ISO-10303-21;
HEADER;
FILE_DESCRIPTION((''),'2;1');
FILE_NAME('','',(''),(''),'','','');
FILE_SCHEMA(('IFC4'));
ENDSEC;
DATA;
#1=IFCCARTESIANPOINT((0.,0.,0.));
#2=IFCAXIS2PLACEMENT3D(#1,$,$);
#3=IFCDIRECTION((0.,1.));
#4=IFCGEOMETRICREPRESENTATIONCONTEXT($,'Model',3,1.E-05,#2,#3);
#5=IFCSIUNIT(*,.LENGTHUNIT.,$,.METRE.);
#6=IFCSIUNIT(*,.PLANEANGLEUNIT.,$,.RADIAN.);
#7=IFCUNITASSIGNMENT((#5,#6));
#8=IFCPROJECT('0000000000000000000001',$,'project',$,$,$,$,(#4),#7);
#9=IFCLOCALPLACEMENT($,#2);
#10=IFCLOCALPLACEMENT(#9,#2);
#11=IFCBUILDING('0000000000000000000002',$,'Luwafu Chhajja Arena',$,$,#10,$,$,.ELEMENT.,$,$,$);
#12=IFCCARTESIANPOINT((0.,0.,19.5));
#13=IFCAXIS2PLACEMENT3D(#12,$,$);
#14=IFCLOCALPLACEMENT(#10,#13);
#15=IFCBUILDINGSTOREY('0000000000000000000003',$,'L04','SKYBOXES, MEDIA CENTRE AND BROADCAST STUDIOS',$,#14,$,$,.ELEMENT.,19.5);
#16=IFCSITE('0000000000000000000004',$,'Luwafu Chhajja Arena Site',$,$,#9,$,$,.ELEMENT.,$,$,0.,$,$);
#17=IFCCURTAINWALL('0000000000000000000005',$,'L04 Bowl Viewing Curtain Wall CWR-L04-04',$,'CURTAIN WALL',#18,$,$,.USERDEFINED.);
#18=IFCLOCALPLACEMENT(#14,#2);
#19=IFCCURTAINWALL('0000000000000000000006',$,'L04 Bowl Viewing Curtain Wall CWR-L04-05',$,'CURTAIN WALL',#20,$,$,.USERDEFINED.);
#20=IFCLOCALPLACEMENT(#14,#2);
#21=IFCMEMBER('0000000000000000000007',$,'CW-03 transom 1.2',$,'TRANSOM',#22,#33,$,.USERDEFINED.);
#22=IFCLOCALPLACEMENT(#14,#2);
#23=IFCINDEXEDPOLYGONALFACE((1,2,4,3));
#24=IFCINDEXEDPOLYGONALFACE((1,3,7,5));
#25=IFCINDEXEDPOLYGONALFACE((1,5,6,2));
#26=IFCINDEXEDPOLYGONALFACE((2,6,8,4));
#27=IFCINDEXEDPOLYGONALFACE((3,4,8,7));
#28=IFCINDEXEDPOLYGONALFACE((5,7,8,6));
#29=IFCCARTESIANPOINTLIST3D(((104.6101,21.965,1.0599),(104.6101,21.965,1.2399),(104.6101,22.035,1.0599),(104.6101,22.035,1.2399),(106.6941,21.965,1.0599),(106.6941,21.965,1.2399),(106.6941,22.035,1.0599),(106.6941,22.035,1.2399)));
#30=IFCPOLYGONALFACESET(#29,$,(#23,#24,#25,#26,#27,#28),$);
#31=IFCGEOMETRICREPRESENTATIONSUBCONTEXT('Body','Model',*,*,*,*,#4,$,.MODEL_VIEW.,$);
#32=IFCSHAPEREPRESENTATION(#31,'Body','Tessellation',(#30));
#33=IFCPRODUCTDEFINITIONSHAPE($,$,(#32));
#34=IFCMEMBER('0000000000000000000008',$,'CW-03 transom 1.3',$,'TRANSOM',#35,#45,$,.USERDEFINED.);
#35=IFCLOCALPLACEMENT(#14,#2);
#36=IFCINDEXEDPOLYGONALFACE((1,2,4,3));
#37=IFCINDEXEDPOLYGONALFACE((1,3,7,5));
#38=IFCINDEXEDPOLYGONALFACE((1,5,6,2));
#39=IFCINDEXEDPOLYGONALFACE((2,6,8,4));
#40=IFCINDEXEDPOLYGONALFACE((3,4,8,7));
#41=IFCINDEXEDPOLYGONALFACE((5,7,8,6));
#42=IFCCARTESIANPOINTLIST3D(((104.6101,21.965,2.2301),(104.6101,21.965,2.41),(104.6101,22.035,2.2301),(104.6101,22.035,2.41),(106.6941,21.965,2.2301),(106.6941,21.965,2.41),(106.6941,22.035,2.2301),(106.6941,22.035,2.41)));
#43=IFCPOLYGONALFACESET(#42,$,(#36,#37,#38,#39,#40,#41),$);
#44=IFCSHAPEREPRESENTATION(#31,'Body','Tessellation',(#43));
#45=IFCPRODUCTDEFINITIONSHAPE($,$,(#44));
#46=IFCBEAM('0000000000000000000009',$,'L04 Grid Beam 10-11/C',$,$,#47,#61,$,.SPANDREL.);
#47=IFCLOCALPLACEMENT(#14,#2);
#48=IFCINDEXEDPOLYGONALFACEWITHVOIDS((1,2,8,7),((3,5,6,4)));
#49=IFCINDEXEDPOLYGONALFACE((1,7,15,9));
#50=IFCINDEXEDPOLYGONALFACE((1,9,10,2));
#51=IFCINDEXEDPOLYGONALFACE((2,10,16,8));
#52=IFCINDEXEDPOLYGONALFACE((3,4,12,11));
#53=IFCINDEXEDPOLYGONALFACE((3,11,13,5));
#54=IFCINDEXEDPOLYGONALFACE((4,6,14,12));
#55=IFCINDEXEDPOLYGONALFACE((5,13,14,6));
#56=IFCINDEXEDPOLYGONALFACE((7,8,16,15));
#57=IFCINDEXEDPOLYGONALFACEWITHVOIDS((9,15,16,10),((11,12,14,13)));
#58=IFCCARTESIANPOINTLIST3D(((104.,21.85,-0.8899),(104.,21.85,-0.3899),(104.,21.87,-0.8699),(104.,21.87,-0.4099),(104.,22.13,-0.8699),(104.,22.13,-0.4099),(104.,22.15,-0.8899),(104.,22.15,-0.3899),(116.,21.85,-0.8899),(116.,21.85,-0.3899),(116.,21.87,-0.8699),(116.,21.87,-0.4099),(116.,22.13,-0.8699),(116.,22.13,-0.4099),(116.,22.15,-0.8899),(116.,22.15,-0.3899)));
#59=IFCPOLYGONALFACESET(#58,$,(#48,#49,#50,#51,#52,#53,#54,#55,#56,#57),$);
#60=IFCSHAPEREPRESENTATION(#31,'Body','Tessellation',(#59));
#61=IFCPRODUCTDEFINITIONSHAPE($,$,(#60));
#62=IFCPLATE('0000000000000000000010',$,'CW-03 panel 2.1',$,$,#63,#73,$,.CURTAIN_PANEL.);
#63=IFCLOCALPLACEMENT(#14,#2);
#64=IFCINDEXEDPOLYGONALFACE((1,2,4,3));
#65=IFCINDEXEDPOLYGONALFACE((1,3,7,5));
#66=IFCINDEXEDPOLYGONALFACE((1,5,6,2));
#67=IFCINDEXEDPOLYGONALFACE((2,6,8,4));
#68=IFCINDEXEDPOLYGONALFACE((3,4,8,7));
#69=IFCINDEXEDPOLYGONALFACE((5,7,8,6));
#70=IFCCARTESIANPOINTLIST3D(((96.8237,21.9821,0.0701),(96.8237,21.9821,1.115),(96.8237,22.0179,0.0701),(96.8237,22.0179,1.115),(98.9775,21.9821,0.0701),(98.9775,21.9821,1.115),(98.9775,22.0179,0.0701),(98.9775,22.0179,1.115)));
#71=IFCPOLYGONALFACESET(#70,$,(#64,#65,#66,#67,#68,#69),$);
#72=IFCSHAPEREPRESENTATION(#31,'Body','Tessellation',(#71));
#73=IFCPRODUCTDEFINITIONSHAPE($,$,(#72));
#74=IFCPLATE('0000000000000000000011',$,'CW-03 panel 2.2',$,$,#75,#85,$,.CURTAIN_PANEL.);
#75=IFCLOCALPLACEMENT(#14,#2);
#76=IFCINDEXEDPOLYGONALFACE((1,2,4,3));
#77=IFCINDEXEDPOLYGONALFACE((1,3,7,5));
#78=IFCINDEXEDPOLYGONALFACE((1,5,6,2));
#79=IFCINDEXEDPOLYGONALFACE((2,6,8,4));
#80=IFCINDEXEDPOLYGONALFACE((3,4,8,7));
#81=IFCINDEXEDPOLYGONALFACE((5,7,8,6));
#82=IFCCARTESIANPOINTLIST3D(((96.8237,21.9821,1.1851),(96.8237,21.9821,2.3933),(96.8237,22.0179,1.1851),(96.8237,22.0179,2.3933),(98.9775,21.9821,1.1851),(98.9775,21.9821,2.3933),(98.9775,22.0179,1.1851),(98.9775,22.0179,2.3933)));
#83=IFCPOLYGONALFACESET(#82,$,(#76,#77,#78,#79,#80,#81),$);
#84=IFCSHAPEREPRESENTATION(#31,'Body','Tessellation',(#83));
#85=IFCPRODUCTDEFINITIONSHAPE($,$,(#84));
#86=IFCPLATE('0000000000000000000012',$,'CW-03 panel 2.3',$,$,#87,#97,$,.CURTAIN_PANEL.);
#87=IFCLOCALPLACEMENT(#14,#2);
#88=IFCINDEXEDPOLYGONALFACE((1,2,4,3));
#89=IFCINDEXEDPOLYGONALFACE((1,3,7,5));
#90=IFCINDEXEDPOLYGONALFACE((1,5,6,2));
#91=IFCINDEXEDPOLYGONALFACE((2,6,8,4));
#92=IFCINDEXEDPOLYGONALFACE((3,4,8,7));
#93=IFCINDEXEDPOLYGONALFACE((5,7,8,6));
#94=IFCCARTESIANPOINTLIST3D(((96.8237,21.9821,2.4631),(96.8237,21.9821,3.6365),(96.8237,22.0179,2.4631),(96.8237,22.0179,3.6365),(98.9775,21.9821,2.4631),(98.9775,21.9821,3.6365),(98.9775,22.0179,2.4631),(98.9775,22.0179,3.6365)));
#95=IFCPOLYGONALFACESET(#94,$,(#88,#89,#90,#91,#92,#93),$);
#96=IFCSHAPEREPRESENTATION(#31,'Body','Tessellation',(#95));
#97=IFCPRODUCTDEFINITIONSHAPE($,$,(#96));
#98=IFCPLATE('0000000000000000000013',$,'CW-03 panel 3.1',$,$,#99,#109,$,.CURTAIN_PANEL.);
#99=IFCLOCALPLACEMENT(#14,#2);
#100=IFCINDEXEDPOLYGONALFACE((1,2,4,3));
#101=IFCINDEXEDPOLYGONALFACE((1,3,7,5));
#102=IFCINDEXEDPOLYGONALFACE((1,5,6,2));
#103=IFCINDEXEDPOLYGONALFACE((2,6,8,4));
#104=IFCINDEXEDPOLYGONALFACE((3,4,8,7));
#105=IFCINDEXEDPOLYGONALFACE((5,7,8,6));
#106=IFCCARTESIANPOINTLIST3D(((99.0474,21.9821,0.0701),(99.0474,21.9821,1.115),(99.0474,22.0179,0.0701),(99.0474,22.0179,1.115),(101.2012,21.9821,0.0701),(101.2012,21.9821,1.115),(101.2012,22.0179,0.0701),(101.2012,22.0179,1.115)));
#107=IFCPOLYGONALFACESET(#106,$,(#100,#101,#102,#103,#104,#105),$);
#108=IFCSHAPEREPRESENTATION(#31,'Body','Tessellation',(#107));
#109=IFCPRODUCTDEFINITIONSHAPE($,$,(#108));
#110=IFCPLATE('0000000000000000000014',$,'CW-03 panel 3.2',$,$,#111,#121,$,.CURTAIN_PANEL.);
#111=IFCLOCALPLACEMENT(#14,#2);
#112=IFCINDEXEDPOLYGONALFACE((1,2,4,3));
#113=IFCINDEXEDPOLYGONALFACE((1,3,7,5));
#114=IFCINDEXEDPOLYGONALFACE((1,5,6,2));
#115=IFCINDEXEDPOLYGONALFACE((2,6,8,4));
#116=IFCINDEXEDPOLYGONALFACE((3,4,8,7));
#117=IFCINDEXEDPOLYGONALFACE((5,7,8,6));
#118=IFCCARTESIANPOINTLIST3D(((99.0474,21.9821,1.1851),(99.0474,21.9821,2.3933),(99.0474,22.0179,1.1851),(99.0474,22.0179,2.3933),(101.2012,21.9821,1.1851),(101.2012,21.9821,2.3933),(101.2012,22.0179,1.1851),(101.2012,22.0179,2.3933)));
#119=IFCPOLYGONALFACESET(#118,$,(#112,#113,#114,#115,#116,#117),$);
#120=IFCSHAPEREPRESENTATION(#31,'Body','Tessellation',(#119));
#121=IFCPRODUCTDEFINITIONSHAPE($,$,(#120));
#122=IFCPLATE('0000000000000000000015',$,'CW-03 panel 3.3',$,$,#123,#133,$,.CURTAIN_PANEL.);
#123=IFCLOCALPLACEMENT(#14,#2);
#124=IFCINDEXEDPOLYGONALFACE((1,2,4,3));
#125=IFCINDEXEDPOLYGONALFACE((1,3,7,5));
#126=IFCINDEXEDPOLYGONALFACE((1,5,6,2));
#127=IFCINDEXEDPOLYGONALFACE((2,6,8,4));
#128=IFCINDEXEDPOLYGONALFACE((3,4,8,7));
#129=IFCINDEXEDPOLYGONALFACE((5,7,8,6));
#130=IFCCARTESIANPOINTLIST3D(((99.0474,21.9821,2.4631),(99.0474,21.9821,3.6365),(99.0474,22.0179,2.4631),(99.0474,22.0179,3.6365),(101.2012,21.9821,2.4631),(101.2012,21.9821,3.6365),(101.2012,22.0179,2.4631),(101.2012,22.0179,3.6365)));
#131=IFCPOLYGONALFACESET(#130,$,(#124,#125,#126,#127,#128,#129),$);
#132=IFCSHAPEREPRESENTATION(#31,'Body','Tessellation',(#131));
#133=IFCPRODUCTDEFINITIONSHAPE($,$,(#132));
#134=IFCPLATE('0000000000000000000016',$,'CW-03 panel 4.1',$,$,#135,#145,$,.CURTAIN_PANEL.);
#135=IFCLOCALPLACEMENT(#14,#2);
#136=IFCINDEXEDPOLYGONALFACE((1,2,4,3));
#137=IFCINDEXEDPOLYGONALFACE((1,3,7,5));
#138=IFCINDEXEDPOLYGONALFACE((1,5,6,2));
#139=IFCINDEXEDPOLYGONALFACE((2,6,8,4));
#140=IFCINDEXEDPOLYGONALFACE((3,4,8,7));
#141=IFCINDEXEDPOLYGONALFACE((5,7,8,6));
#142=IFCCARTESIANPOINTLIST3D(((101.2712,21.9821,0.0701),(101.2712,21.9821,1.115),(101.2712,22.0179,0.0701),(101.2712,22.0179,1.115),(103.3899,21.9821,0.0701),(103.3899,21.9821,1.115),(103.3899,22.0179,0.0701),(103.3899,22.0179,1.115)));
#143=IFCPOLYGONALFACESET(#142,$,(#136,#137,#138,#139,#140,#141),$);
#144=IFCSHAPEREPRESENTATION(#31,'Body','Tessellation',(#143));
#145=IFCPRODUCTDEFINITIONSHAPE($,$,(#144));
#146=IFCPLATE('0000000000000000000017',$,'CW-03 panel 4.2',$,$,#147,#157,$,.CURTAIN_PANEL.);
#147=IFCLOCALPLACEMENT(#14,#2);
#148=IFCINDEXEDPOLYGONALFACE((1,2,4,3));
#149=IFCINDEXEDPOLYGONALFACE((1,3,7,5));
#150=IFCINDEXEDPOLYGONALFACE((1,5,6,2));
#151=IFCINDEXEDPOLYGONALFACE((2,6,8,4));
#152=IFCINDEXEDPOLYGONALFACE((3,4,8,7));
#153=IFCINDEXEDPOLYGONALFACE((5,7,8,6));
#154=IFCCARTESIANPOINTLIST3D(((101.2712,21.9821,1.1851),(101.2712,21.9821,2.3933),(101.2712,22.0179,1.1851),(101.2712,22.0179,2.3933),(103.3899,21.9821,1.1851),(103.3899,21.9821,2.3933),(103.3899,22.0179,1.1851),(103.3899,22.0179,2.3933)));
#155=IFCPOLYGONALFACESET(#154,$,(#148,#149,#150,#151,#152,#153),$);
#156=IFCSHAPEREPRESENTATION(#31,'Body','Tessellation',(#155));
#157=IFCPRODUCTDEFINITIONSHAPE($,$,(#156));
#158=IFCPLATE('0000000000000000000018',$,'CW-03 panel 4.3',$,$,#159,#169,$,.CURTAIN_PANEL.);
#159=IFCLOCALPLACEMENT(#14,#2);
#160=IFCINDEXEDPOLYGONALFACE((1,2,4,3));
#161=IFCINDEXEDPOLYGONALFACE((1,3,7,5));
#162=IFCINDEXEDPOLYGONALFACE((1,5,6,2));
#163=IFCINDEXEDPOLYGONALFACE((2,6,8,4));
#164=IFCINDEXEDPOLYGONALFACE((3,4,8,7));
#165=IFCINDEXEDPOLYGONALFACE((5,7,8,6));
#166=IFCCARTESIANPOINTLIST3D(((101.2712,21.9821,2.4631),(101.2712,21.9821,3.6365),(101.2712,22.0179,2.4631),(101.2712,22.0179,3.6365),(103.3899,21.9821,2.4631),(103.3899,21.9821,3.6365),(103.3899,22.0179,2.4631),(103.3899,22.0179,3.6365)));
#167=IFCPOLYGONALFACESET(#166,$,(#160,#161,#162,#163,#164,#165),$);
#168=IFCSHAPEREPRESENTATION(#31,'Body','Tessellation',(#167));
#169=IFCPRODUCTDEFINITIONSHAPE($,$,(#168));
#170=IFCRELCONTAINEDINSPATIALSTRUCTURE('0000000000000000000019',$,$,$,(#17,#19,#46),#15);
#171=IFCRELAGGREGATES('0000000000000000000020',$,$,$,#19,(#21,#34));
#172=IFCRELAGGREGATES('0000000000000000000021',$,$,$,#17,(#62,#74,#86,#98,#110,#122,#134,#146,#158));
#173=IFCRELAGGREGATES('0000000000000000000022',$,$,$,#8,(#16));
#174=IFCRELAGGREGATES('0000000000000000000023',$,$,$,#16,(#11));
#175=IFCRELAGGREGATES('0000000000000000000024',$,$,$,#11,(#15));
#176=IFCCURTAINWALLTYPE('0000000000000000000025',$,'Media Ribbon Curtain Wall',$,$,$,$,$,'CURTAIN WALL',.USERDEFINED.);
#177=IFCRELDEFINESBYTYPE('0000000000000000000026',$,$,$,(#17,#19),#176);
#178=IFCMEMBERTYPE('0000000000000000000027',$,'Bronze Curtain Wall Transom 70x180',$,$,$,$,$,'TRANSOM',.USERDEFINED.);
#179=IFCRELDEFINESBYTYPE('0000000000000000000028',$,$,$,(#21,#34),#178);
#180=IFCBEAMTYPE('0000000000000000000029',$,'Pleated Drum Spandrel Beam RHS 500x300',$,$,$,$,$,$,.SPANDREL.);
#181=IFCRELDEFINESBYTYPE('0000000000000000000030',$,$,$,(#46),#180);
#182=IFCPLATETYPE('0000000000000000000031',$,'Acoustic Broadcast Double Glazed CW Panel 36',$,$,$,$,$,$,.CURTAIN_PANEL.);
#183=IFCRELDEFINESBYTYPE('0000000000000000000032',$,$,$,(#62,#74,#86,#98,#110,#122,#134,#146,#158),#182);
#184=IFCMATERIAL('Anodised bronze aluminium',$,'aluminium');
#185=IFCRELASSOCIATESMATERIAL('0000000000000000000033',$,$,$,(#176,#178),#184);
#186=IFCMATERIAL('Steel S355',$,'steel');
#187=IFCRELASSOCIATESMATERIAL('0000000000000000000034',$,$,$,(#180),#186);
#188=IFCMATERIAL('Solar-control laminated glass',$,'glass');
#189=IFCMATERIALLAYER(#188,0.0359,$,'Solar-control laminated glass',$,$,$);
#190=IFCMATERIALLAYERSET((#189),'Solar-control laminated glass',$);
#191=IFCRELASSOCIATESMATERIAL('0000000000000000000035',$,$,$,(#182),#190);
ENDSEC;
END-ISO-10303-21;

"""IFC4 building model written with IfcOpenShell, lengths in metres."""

from ifc_helpers import new_model, si_unit, direction, frame, origin, origin_2d, place, context, subcontext, project, spatial, rectangle, hollow_rectangle, extrude, material, layer, layer_set, material_profile, profile_set, type_object, element, aggregate, save


model = new_model("IFC4")

# Units and contexts
model_context = context("Model", 3, precision=1e-05, world=origin(), true_north=direction((0.0, 1.0)))
body_context = subcontext(model_context, "Body", "Model", "MODEL_VIEW")
ifc_project = project(units=[si_unit("LENGTHUNIT", "METRE"), si_unit("PLANEANGLEUNIT", "RADIAN")], contexts=[model_context])

# Site, building, storey
site_placement = place(None, origin())
site = spatial("IfcSite", under=ifc_project, at=site_placement, Name="Luwafu Chhajja Arena Site", CompositionType="ELEMENT", RefElevation=0.0)
building_placement = place(site_placement, origin())
building = spatial("IfcBuilding", under=site, at=building_placement, Name="Luwafu Chhajja Arena", CompositionType="ELEMENT")
storey_placement = place(building_placement, frame((0.0, 0.0, 19.5)))
storey = spatial("IfcBuildingStorey", under=building, at=storey_placement, Name="L04", Description="SKYBOXES, MEDIA CENTRE AND BROADCAST STUDIOS", CompositionType="ELEMENT", Elevation=19.5)

# Curtain wall
ifc_material_1 = material(Name="Anodised bronze aluminium", Category="aluminium")
curtain_wall_type = type_object("IfcCurtainWallType", Name="Media Ribbon Curtain Wall", ElementType="CURTAIN WALL", PredefinedType="USERDEFINED", material=ifc_material_1)
curtain_wall_1_placement = place(storey_placement, origin())
curtain_wall_1 = element("IfcCurtainWall", 1, at=curtain_wall_1_placement, inside=storey, type_object=curtain_wall_type, Name="L04 Bowl Viewing Curtain Wall CWR-L04-04", ObjectType="CURTAIN WALL", PredefinedType="USERDEFINED")

# Curtain wall
curtain_wall_2_placement = place(storey_placement, origin())
curtain_wall_2 = element("IfcCurtainWall", 2, at=curtain_wall_2_placement, inside=storey, type_object=curtain_wall_type, Name="L04 Bowl Viewing Curtain Wall CWR-L04-05", ObjectType="CURTAIN WALL", PredefinedType="USERDEFINED")

# Members
ifc_material_profile_1 = material_profile(ifc_material_1, rectangle(XDim=0.0701, YDim=0.1799, at=origin_2d()), Name="CWT 70x180")
ifc_profile_set_1 = profile_set([ifc_material_profile_1], Name="Anodised bronze aluminium")
member_type_1 = type_object("IfcMemberType", Name="Bronze Curtain Wall Transom 70x180", ElementType="TRANSOM", PredefinedType="USERDEFINED", material=ifc_profile_set_1)
member_1_placement = place(storey_placement, frame((104.6101, 22.0, 1.1499), z_axis=(1.0, 0.0, 0.0), x_axis=(0.0, 1.0, 0.0)))
member_1 = element("IfcMember", 3, at=member_1_placement, type_object=member_type_1, Name="CW-03 transom 1.2", ObjectType="TRANSOM", PredefinedType="USERDEFINED", context=body_context, shape_type="SweptSolid", body=[
    extrude(rectangle(XDim=0.0701, YDim=0.1799, at=origin_2d()), origin(), (0.0, 0.0, 1.0), 2.084),
])
member_2_placement = place(storey_placement, frame((104.6101, 22.0, 2.3201), z_axis=(1.0, 0.0, 0.0), x_axis=(0.0, 1.0, 0.0)))
member_2 = element("IfcMember", 4, at=member_2_placement, type_object=member_type_1, Name="CW-03 transom 1.3", ObjectType="TRANSOM", PredefinedType="USERDEFINED", context=body_context, shape_type="SweptSolid", body=[
    extrude(rectangle(XDim=0.0701, YDim=0.1799, at=origin_2d()), origin(), (0.0, 0.0, 1.0), 2.084),
])
aggregate(curtain_wall_2, [member_1, member_2])

# Beam
ifc_material_2 = material(Name="Steel S355", Category="steel")
ifc_material_profile_2 = material_profile(ifc_material_2, hollow_rectangle(XDim=0.3, YDim=0.5, WallThickness=0.02, at=origin_2d()), Name="RHS 500x300x20")
ifc_profile_set_2 = profile_set([ifc_material_profile_2], Name="Steel S355")
beam_type = type_object("IfcBeamType", Name="Pleated Drum Spandrel Beam RHS 500x300", PredefinedType="SPANDREL", material=ifc_profile_set_2)
beam_placement = place(storey_placement, frame((104.0, 22.0, -0.6399), z_axis=(1.0, 0.0, 0.0), x_axis=(0.0, 1.0, 0.0)))
element("IfcBeam", 5, at=beam_placement, inside=storey, type_object=beam_type, Name="L04 Grid Beam 10-11/C", PredefinedType="SPANDREL", context=body_context, shape_type="SweptSolid", body=[
    extrude(hollow_rectangle(XDim=0.3, YDim=0.5, WallThickness=0.02, at=origin_2d()), origin(), (0.0, 0.0, 1.0), 12.0),
])

# Plates
ifc_material_3 = material(Name="Solar-control laminated glass", Category="glass")
ifc_layer = layer(ifc_material_3, 0.0359, Name="Solar-control laminated glass")
ifc_layer_set = layer_set([ifc_layer], Name="Solar-control laminated glass")
plate_type = type_object("IfcPlateType", Name="Acoustic Broadcast Double Glazed CW Panel 36", PredefinedType="CURTAIN_PANEL", material=ifc_layer_set)
plate_1_placement = place(storey_placement, frame((97.9006, 22.0, 0.0701), z_axis=(0.0, 0.0, 1.0), x_axis=(1.0, 0.0, 0.0)))
plate_1 = element("IfcPlate", 6, at=plate_1_placement, type_object=plate_type, Name="CW-03 panel 2.1", PredefinedType="CURTAIN_PANEL", context=body_context, shape_type="SweptSolid", body=[
    extrude(rectangle(XDim=2.1538, YDim=0.0359, at=origin_2d()), origin(), (0.0, 0.0, 1.0), 1.0449),
])
plate_2_placement = place(storey_placement, frame((97.9006, 22.0, 1.1851), z_axis=(0.0, 0.0, 1.0), x_axis=(1.0, 0.0, 0.0)))
plate_2 = element("IfcPlate", 7, at=plate_2_placement, type_object=plate_type, Name="CW-03 panel 2.2", PredefinedType="CURTAIN_PANEL", context=body_context, shape_type="SweptSolid", body=[
    extrude(rectangle(XDim=2.1538, YDim=0.0359, at=origin_2d()), origin(), (0.0, 0.0, 1.0), 1.2083),
])
plate_3_placement = place(storey_placement, frame((97.9006, 22.0, 2.4631), z_axis=(0.0, 0.0, 1.0), x_axis=(1.0, 0.0, 0.0)))
plate_3 = element("IfcPlate", 8, at=plate_3_placement, type_object=plate_type, Name="CW-03 panel 2.3", PredefinedType="CURTAIN_PANEL", context=body_context, shape_type="SweptSolid", body=[
    extrude(rectangle(XDim=2.1538, YDim=0.0359, at=origin_2d()), origin(), (0.0, 0.0, 1.0), 1.1733),
])
plate_4_placement = place(storey_placement, frame((100.1243, 22.0, 0.0701), z_axis=(0.0, 0.0, 1.0), x_axis=(1.0, 0.0, 0.0)))
plate_4 = element("IfcPlate", 9, at=plate_4_placement, type_object=plate_type, Name="CW-03 panel 3.1", PredefinedType="CURTAIN_PANEL", context=body_context, shape_type="SweptSolid", body=[
    extrude(rectangle(XDim=2.1538, YDim=0.0359, at=origin_2d()), origin(), (0.0, 0.0, 1.0), 1.0449),
])
plate_5_placement = place(storey_placement, frame((100.1243, 22.0, 1.1851), z_axis=(0.0, 0.0, 1.0), x_axis=(1.0, 0.0, 0.0)))
plate_5 = element("IfcPlate", 10, at=plate_5_placement, type_object=plate_type, Name="CW-03 panel 3.2", PredefinedType="CURTAIN_PANEL", context=body_context, shape_type="SweptSolid", body=[
    extrude(rectangle(XDim=2.1538, YDim=0.0359, at=origin_2d()), origin(), (0.0, 0.0, 1.0), 1.2083),
])
plate_6_placement = place(storey_placement, frame((100.1243, 22.0, 2.4631), z_axis=(0.0, 0.0, 1.0), x_axis=(1.0, 0.0, 0.0)))
plate_6 = element("IfcPlate", 11, at=plate_6_placement, type_object=plate_type, Name="CW-03 panel 3.3", PredefinedType="CURTAIN_PANEL", context=body_context, shape_type="SweptSolid", body=[
    extrude(rectangle(XDim=2.1538, YDim=0.0359, at=origin_2d()), origin(), (0.0, 0.0, 1.0), 1.1733),
])
plate_7_placement = place(storey_placement, frame((102.3306, 22.0, 0.0701), z_axis=(0.0, 0.0, 1.0), x_axis=(1.0, 0.0, 0.0)))
plate_7 = element("IfcPlate", 12, at=plate_7_placement, type_object=plate_type, Name="CW-03 panel 4.1", PredefinedType="CURTAIN_PANEL", context=body_context, shape_type="SweptSolid", body=[
    extrude(rectangle(XDim=2.1187, YDim=0.0359, at=origin_2d()), origin(), (0.0, 0.0, 1.0), 1.0449),
])
plate_8_placement = place(storey_placement, frame((102.3306, 22.0, 1.1851), z_axis=(0.0, 0.0, 1.0), x_axis=(1.0, 0.0, 0.0)))
plate_8 = element("IfcPlate", 13, at=plate_8_placement, type_object=plate_type, Name="CW-03 panel 4.2", PredefinedType="CURTAIN_PANEL", context=body_context, shape_type="SweptSolid", body=[
    extrude(rectangle(XDim=2.1187, YDim=0.0359, at=origin_2d()), origin(), (0.0, 0.0, 1.0), 1.2083),
])
plate_9_placement = place(storey_placement, frame((102.3306, 22.0, 2.4631), z_axis=(0.0, 0.0, 1.0), x_axis=(1.0, 0.0, 0.0)))
plate_9 = element("IfcPlate", 14, at=plate_9_placement, type_object=plate_type, Name="CW-03 panel 4.3", PredefinedType="CURTAIN_PANEL", context=body_context, shape_type="SweptSolid", body=[
    extrude(rectangle(XDim=2.1187, YDim=0.0359, at=origin_2d()), origin(), (0.0, 0.0, 1.0), 1.1733),
])
aggregate(curtain_wall_1, [plate_1, plate_2, plate_3, plate_4, plate_5, plate_6, plate_7, plate_8, plate_9])

save(model, "model.ifc")
